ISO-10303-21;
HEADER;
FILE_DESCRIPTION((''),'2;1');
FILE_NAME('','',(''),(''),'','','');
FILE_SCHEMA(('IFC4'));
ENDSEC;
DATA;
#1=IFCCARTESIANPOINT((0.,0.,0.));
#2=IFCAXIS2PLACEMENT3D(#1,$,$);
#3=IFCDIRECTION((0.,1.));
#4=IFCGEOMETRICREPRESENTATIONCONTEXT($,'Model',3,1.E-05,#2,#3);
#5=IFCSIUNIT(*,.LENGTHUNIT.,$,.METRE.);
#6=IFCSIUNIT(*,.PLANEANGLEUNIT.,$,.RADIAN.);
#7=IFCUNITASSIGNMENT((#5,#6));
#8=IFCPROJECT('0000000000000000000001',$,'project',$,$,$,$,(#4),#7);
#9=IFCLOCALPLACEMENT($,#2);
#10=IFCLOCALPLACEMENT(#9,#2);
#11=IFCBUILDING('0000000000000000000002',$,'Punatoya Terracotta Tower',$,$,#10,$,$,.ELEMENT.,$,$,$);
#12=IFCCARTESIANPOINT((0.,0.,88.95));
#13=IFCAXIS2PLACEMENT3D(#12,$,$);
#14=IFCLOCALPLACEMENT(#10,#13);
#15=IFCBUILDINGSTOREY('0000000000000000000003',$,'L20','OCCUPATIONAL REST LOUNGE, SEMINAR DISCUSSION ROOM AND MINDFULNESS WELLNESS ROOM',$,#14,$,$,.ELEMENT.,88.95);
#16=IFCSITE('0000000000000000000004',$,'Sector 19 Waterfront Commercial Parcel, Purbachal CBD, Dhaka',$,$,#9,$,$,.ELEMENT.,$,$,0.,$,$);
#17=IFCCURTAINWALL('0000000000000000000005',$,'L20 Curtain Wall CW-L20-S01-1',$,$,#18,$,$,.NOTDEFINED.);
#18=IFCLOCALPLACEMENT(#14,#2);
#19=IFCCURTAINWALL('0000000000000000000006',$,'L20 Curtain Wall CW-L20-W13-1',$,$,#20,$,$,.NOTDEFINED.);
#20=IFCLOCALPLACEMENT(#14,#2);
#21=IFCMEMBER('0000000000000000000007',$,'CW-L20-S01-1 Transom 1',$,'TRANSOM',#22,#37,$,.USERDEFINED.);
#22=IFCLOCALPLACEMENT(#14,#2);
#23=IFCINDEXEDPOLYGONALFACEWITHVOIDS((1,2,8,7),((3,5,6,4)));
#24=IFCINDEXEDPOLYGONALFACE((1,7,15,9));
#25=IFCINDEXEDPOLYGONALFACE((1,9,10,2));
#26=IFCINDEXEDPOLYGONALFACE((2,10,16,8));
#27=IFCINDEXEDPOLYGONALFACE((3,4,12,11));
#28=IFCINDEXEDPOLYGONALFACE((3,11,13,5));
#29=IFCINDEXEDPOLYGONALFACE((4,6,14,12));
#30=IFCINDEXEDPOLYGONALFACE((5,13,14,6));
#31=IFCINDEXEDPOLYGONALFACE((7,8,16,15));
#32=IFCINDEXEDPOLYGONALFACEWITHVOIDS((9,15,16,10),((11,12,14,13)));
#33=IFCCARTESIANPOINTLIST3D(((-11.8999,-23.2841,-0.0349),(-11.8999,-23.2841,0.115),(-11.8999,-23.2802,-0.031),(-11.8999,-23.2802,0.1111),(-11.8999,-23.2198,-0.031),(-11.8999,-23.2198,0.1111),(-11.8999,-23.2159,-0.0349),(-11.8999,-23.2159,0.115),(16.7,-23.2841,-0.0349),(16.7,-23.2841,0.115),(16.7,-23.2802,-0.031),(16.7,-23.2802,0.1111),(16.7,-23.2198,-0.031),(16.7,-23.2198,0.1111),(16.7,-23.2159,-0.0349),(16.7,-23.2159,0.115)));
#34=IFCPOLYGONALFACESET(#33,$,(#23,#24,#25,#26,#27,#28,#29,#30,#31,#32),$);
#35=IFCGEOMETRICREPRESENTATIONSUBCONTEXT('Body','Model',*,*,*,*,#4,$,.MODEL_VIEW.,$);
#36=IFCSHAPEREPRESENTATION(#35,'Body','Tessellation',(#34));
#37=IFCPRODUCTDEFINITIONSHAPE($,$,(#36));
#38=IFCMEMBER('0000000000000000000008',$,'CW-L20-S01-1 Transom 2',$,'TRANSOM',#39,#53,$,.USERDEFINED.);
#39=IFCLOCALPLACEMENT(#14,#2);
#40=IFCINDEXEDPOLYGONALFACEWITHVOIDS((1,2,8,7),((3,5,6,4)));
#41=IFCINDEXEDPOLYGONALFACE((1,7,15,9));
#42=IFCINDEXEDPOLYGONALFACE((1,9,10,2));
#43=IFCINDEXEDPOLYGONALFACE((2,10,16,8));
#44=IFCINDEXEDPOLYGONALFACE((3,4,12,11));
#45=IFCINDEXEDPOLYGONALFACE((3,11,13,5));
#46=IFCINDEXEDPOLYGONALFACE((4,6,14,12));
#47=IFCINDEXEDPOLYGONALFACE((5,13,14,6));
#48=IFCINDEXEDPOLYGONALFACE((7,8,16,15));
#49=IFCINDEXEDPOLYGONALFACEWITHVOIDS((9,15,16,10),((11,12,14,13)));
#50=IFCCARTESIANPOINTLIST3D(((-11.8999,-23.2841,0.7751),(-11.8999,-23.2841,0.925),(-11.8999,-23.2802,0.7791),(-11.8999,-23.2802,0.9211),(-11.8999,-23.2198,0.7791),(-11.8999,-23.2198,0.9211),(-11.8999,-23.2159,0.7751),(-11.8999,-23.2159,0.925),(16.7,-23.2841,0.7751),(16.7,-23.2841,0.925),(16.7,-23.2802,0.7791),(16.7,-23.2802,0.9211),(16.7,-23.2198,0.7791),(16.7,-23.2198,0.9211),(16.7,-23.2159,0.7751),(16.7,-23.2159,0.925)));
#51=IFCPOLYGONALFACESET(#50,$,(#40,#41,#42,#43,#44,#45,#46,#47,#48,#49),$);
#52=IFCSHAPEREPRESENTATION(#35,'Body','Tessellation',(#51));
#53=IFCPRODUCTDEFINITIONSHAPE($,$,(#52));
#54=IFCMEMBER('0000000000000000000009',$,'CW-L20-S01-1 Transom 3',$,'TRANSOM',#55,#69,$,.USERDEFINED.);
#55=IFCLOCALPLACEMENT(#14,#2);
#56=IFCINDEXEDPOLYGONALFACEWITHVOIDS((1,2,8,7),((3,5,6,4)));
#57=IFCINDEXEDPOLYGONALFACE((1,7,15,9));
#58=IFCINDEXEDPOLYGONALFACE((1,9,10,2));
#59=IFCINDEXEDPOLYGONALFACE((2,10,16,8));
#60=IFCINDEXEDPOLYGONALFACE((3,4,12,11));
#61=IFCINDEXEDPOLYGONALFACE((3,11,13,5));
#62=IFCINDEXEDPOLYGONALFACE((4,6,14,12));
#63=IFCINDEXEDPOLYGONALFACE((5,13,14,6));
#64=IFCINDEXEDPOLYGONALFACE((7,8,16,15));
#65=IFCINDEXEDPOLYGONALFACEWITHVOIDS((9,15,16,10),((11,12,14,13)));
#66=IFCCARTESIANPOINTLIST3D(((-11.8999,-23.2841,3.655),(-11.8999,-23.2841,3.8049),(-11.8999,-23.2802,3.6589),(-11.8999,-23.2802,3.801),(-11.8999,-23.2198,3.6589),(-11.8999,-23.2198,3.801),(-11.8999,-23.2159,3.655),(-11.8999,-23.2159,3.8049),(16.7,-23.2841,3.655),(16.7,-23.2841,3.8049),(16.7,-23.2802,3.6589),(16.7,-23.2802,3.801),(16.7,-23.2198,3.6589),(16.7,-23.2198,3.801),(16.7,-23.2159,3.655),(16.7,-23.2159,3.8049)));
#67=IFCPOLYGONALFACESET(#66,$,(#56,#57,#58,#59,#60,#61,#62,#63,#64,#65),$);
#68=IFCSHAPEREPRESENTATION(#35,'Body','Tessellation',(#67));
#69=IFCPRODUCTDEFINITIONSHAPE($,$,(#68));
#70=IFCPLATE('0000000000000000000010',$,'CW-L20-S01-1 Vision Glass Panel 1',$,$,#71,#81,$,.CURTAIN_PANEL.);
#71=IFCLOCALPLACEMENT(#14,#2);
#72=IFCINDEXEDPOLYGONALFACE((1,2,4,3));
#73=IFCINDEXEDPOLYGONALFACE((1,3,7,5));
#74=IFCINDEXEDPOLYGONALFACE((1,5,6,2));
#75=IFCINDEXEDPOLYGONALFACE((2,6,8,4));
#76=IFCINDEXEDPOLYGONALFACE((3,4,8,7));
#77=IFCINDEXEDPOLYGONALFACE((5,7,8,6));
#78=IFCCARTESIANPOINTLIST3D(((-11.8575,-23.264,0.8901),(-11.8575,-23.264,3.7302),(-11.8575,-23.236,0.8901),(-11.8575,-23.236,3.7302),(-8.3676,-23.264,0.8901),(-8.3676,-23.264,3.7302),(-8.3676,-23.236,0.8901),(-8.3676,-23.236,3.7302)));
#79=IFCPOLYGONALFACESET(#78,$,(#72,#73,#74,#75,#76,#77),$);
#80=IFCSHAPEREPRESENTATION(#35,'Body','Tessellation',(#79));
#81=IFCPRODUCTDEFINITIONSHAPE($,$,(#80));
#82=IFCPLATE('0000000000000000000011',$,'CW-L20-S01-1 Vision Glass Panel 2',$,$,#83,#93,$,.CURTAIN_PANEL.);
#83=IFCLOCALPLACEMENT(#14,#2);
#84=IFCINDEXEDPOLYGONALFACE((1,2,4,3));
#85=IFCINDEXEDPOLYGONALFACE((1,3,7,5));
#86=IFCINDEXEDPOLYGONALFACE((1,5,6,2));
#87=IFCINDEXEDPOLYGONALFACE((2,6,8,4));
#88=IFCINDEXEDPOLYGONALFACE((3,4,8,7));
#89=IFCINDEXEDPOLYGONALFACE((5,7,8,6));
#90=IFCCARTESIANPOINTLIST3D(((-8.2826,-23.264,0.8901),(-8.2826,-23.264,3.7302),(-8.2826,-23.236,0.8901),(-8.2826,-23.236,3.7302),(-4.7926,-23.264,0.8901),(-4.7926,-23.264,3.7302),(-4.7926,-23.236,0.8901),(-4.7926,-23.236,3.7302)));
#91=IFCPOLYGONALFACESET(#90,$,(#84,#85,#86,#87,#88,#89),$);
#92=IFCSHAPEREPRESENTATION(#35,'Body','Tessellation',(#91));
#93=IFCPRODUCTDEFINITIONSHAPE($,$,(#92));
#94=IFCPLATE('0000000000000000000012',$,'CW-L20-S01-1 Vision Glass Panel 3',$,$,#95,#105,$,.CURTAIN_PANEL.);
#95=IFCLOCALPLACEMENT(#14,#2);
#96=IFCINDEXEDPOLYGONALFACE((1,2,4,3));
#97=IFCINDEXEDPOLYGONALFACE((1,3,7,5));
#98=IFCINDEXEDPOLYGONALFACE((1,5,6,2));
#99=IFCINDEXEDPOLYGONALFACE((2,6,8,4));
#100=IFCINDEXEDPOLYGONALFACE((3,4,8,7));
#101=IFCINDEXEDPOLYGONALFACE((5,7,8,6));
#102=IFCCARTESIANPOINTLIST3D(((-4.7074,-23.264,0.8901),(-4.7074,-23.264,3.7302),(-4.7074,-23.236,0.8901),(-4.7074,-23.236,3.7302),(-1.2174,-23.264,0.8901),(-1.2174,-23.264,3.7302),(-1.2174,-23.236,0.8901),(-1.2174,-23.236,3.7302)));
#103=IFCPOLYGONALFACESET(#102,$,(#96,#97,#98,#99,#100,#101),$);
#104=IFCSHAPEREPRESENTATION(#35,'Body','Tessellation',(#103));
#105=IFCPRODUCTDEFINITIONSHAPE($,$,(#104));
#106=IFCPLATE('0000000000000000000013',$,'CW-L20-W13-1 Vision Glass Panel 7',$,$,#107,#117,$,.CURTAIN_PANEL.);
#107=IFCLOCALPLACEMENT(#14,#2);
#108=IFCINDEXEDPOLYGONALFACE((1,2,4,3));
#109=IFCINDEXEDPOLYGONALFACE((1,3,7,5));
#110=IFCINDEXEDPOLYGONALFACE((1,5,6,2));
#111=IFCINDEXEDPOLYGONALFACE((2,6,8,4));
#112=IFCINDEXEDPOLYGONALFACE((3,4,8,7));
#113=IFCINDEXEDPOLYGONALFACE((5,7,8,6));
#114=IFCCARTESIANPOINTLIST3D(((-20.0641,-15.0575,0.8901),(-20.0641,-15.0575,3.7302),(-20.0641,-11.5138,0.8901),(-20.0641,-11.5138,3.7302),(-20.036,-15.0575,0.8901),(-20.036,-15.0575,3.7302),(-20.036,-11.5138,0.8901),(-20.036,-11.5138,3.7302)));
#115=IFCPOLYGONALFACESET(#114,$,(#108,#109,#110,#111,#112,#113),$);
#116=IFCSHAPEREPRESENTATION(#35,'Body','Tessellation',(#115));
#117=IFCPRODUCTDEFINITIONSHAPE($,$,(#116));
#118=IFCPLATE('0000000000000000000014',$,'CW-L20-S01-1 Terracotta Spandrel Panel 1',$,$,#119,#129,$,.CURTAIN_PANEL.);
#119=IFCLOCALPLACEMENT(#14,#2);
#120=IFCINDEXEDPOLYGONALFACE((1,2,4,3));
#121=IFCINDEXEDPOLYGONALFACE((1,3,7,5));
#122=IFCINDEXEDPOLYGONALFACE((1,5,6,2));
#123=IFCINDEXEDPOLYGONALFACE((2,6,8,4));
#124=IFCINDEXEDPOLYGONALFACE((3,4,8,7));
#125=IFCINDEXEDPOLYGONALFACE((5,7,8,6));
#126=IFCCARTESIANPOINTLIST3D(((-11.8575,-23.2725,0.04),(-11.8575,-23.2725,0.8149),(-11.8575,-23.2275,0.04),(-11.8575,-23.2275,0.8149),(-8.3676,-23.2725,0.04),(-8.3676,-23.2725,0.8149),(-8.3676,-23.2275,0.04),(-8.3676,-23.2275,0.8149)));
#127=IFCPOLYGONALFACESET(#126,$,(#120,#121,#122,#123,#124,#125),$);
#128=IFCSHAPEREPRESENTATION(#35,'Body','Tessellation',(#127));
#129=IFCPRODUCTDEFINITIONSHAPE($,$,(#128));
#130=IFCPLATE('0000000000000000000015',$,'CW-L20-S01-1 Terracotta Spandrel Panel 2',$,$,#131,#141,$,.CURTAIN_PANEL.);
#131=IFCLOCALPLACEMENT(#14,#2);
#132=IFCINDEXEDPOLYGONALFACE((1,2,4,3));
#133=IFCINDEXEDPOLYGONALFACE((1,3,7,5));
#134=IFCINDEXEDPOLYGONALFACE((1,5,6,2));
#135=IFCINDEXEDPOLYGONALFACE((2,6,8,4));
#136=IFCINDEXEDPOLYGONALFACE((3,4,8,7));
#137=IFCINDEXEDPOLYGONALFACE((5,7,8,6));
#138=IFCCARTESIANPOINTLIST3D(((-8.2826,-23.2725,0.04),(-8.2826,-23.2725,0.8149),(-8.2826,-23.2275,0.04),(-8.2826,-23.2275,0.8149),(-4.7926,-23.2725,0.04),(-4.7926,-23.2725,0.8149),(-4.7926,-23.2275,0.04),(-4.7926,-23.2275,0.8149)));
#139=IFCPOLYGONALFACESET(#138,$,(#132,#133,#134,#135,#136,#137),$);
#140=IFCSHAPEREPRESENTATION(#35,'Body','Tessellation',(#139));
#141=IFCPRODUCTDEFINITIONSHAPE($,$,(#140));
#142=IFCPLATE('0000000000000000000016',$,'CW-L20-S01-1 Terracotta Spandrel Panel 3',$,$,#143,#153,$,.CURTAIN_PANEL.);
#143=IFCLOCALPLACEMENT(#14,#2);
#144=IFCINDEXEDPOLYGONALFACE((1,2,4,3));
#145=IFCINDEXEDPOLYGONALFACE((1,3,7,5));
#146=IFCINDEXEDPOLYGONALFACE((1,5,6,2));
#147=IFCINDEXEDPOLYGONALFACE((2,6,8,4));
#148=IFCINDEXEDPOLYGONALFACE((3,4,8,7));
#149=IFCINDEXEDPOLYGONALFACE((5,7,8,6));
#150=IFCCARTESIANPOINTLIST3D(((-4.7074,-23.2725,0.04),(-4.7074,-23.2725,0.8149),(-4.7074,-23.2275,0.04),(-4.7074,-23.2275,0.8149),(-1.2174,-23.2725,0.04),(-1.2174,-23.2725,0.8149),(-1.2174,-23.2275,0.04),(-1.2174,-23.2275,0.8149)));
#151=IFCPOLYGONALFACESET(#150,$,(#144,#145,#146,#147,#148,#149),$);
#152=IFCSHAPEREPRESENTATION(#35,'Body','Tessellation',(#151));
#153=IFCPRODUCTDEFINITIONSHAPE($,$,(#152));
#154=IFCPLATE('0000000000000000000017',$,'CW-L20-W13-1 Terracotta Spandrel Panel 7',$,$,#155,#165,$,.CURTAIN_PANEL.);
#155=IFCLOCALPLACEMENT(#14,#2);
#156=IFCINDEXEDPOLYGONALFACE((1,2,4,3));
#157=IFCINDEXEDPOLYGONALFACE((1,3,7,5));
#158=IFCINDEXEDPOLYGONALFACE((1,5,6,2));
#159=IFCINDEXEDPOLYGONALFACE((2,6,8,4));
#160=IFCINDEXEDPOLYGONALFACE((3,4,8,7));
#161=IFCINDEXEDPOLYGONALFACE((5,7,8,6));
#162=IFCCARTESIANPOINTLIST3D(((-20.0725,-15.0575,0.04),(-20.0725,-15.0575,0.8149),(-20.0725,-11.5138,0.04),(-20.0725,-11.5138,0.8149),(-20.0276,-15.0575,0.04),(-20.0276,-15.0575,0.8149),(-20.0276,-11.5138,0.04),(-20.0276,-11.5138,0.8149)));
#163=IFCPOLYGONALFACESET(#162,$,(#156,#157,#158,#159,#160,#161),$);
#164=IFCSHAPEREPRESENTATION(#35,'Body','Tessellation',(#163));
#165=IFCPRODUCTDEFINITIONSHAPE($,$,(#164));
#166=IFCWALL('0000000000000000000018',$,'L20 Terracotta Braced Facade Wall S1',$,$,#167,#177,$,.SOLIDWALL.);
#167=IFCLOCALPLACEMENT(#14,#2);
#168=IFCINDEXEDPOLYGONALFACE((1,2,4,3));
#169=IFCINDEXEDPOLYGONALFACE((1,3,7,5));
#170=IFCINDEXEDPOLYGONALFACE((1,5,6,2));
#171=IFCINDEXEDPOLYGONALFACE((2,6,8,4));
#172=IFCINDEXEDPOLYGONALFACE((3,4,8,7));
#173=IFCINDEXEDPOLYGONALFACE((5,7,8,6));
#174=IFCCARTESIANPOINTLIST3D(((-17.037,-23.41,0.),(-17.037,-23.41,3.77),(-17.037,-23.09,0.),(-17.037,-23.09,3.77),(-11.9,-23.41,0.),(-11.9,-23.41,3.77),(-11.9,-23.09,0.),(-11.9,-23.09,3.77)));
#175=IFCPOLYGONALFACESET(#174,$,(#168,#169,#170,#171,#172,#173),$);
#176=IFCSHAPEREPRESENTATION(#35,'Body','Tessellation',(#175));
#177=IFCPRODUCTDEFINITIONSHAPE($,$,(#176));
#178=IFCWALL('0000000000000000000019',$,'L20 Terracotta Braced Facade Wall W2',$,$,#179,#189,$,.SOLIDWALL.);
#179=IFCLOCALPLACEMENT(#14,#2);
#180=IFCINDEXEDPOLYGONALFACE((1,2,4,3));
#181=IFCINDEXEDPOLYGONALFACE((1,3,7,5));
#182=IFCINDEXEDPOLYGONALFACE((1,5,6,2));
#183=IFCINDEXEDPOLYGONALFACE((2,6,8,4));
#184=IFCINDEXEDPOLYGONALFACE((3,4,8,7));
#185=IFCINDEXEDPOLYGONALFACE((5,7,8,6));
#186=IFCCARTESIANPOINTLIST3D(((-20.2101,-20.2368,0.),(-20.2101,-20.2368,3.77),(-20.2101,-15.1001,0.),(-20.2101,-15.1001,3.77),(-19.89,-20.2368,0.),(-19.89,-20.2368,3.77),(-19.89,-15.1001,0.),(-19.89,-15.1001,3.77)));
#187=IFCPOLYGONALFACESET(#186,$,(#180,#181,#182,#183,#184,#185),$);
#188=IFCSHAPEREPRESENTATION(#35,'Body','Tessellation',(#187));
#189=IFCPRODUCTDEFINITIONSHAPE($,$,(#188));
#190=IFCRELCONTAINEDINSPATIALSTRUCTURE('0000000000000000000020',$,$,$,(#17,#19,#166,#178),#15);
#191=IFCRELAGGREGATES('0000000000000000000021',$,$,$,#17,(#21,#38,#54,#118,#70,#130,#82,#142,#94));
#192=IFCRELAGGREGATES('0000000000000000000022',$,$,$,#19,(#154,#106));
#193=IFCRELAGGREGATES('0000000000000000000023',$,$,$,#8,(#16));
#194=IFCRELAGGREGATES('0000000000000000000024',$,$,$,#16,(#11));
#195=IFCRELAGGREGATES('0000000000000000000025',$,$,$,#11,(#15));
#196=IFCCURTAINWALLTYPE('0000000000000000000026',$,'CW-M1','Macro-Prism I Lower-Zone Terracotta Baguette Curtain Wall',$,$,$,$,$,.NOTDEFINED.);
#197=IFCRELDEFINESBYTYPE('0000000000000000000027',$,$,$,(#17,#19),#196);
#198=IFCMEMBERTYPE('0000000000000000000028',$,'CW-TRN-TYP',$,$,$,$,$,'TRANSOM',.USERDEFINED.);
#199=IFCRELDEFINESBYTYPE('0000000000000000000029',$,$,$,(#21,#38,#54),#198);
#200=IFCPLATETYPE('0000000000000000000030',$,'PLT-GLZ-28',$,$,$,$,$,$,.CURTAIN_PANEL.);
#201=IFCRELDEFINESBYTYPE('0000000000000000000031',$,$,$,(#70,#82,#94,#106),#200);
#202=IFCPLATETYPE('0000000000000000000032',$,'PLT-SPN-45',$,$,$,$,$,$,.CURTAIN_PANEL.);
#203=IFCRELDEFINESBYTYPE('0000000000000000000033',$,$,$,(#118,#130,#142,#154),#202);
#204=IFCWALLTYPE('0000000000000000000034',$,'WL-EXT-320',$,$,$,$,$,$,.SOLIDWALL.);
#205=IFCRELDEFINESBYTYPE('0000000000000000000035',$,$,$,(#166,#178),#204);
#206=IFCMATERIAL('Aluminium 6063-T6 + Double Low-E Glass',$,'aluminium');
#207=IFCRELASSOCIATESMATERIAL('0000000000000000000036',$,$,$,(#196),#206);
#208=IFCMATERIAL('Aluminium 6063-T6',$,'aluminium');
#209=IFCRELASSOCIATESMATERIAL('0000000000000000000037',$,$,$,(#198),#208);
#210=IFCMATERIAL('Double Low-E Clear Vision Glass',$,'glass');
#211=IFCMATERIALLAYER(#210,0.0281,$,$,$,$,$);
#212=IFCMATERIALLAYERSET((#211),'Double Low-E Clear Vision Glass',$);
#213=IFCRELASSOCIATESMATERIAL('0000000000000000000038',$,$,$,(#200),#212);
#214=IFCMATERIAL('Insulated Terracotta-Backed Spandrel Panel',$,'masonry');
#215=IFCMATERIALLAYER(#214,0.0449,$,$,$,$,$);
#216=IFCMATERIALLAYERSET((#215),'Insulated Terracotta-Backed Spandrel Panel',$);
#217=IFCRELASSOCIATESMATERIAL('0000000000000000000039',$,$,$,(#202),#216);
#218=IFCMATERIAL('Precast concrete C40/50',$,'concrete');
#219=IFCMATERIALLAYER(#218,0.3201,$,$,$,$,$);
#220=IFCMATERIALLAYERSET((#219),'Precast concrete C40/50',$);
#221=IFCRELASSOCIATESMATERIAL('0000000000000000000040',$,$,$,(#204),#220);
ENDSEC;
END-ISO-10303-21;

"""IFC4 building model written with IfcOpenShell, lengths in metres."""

from ifc_helpers import new_model, si_unit, direction, frame, frame_2d, origin, origin_2d, place, context, subcontext, project, spatial, rectangle, hollow_rectangle, extrude, material, layer, layer_set, material_profile, profile_set, type_object, element, aggregate, save


model = new_model("IFC4")

# Units and contexts
model_context = context("Model", 3, precision=1e-05, world=origin(), true_north=direction((0.0, 1.0)))
body_context = subcontext(model_context, "Body", "Model", "MODEL_VIEW")
ifc_project = project(units=[si_unit("LENGTHUNIT", "METRE"), si_unit("PLANEANGLEUNIT", "RADIAN")], contexts=[model_context])

# Site, building, storey
site_placement = place(None, origin())
site = spatial("IfcSite", under=ifc_project, at=site_placement, Name="Sector 19 Waterfront Commercial Parcel, Purbachal CBD, Dhaka", CompositionType="ELEMENT", RefElevation=0.0)
building_placement = place(site_placement, origin())
building = spatial("IfcBuilding", under=site, at=building_placement, Name="Punatoya Terracotta Tower", CompositionType="ELEMENT")
storey_placement = place(building_placement, frame((0.0, 0.0, 88.95)))
storey = spatial("IfcBuildingStorey", under=building, at=storey_placement, Name="L20", Description="OCCUPATIONAL REST LOUNGE, SEMINAR DISCUSSION ROOM AND MINDFULNESS WELLNESS ROOM", CompositionType="ELEMENT", Elevation=88.95)

# Curtain wall
ifc_material_1 = material(Name="Aluminium 6063-T6 + Double Low-E Glass", Category="aluminium")
curtain_wall_type = type_object("IfcCurtainWallType", Name="CW-M1", Description="Macro-Prism I Lower-Zone Terracotta Baguette Curtain Wall", PredefinedType="NOTDEFINED", material=ifc_material_1)
curtain_wall_1_placement = place(storey_placement, origin())
curtain_wall_1 = element("IfcCurtainWall", 1, at=curtain_wall_1_placement, inside=storey, type_object=curtain_wall_type, Name="L20 Curtain Wall CW-L20-S01-1", PredefinedType="NOTDEFINED")
ifc_material_2 = material(Name="Aluminium 6063-T6", Category="aluminium")

# Curtain wall
curtain_wall_2_placement = place(storey_placement, origin())
curtain_wall_2 = element("IfcCurtainWall", 2, at=curtain_wall_2_placement, inside=storey, type_object=curtain_wall_type, Name="L20 Curtain Wall CW-L20-W13-1", PredefinedType="NOTDEFINED")

# Members
ifc_material_profile_1 = material_profile(ifc_material_2, hollow_rectangle(XDim=0.0681, YDim=0.1499, WallThickness=0.0039, at=origin_2d()))
ifc_profile_set_1 = profile_set([ifc_material_profile_1], Name="Aluminium 6063-T6")
member_type_1 = type_object("IfcMemberType", Name="CW-TRN-TYP", ElementType="TRANSOM", PredefinedType="USERDEFINED", material=ifc_profile_set_1)
member_1_placement = place(storey_placement, frame((-11.8999, -23.25, 0.04), z_axis=(1.0, 0.0, 0.0), x_axis=(0.0, 1.0, 0.0)))
member_1 = element("IfcMember", 3, at=member_1_placement, type_object=member_type_1, Name="CW-L20-S01-1 Transom 1", ObjectType="TRANSOM", PredefinedType="USERDEFINED", context=body_context, shape_type="SweptSolid", body=[
    extrude(hollow_rectangle(XDim=0.0681, YDim=0.1499, WallThickness=0.0039, at=origin_2d()), origin(), (0.0, 0.0, 1.0), 28.5999),
])
member_2_placement = place(storey_placement, frame((-11.8999, -23.25, 0.8501), z_axis=(1.0, 0.0, 0.0), x_axis=(0.0, 1.0, 0.0)))
member_2 = element("IfcMember", 4, at=member_2_placement, type_object=member_type_1, Name="CW-L20-S01-1 Transom 2", ObjectType="TRANSOM", PredefinedType="USERDEFINED", context=body_context, shape_type="SweptSolid", body=[
    extrude(hollow_rectangle(XDim=0.0681, YDim=0.1499, WallThickness=0.0039, at=origin_2d()), origin(), (0.0, 0.0, 1.0), 28.5999),
])
member_3_placement = place(storey_placement, frame((-11.8999, -23.25, 3.73), z_axis=(1.0, 0.0, 0.0), x_axis=(0.0, 1.0, 0.0)))
member_3 = element("IfcMember", 5, at=member_3_placement, type_object=member_type_1, Name="CW-L20-S01-1 Transom 3", ObjectType="TRANSOM", PredefinedType="USERDEFINED", context=body_context, shape_type="SweptSolid", body=[
    extrude(hollow_rectangle(XDim=0.0681, YDim=0.1499, WallThickness=0.0039, at=origin_2d()), origin(), (0.0, 0.0, 1.0), 28.5999),
])

# Plates
ifc_material_3 = material(Name="Double Low-E Clear Vision Glass", Category="glass")
ifc_layer_1 = layer(ifc_material_3, 0.0281)
ifc_layer_set_1 = layer_set([ifc_layer_1], Name="Double Low-E Clear Vision Glass")
plate_type_1 = type_object("IfcPlateType", Name="PLT-GLZ-28", PredefinedType="CURTAIN_PANEL", material=ifc_layer_set_1)
plate_1_placement = place(storey_placement, frame((-10.1125, -23.25, 0.8901), z_axis=(0.0, 0.0, 1.0), x_axis=(1.0, 0.0, 0.0)))
plate_1 = element("IfcPlate", 6, at=plate_1_placement, type_object=plate_type_1, Name="CW-L20-S01-1 Vision Glass Panel 1", PredefinedType="CURTAIN_PANEL", context=body_context, shape_type="SweptSolid", body=[
    extrude(rectangle(XDim=3.49, YDim=0.0281, at=origin_2d()), origin(), (0.0, 0.0, 1.0), 2.8401),
])
plate_2_placement = place(storey_placement, frame((-6.5376, -23.25, 0.8901), z_axis=(0.0, 0.0, 1.0), x_axis=(1.0, 0.0, 0.0)))
plate_2 = element("IfcPlate", 7, at=plate_2_placement, type_object=plate_type_1, Name="CW-L20-S01-1 Vision Glass Panel 2", PredefinedType="CURTAIN_PANEL", context=body_context, shape_type="SweptSolid", body=[
    extrude(rectangle(XDim=3.49, YDim=0.0281, at=origin_2d()), origin(), (0.0, 0.0, 1.0), 2.8401),
])
plate_3_placement = place(storey_placement, frame((-2.9624, -23.25, 0.8901), z_axis=(0.0, 0.0, 1.0), x_axis=(1.0, 0.0, 0.0)))
plate_3 = element("IfcPlate", 8, at=plate_3_placement, type_object=plate_type_1, Name="CW-L20-S01-1 Vision Glass Panel 3", PredefinedType="CURTAIN_PANEL", context=body_context, shape_type="SweptSolid", body=[
    extrude(rectangle(XDim=3.49, YDim=0.0281, at=origin_2d()), origin(), (0.0, 0.0, 1.0), 2.8401),
])
plate_4_placement = place(storey_placement, frame((-20.05, -13.2856, 0.8901), z_axis=(0.0, 0.0, 1.0), x_axis=(0.0, -1.0, 0.0)))
plate_4 = element("IfcPlate", 9, at=plate_4_placement, type_object=plate_type_1, Name="CW-L20-W13-1 Vision Glass Panel 7", PredefinedType="CURTAIN_PANEL", context=body_context, shape_type="SweptSolid", body=[
    extrude(rectangle(XDim=3.5437, YDim=0.0281, at=origin_2d()), origin(), (0.0, 0.0, 1.0), 2.8401),
])
ifc_material_4 = material(Name="Insulated Terracotta-Backed Spandrel Panel", Category="masonry")
ifc_layer_2 = layer(ifc_material_4, 0.0449)
ifc_layer_set_2 = layer_set([ifc_layer_2], Name="Insulated Terracotta-Backed Spandrel Panel")
plate_type_2 = type_object("IfcPlateType", Name="PLT-SPN-45", PredefinedType="CURTAIN_PANEL", material=ifc_layer_set_2)
plate_5_placement = place(storey_placement, frame((-10.1125, -23.25, 0.04), z_axis=(0.0, 0.0, 1.0), x_axis=(1.0, 0.0, 0.0)))
plate_5 = element("IfcPlate", 10, at=plate_5_placement, type_object=plate_type_2, Name="CW-L20-S01-1 Terracotta Spandrel Panel 1", PredefinedType="CURTAIN_PANEL", context=body_context, shape_type="SweptSolid", body=[
    extrude(rectangle(XDim=3.49, YDim=0.0449, at=origin_2d()), origin(), (0.0, 0.0, 1.0), 0.7749),
])
plate_6_placement = place(storey_placement, frame((-6.5376, -23.25, 0.04), z_axis=(0.0, 0.0, 1.0), x_axis=(1.0, 0.0, 0.0)))
plate_6 = element("IfcPlate", 11, at=plate_6_placement, type_object=plate_type_2, Name="CW-L20-S01-1 Terracotta Spandrel Panel 2", PredefinedType="CURTAIN_PANEL", context=body_context, shape_type="SweptSolid", body=[
    extrude(rectangle(XDim=3.49, YDim=0.0449, at=origin_2d()), origin(), (0.0, 0.0, 1.0), 0.7749),
])
plate_7_placement = place(storey_placement, frame((-2.9624, -23.25, 0.04), z_axis=(0.0, 0.0, 1.0), x_axis=(1.0, 0.0, 0.0)))
plate_7 = element("IfcPlate", 12, at=plate_7_placement, type_object=plate_type_2, Name="CW-L20-S01-1 Terracotta Spandrel Panel 3", PredefinedType="CURTAIN_PANEL", context=body_context, shape_type="SweptSolid", body=[
    extrude(rectangle(XDim=3.49, YDim=0.0449, at=origin_2d()), origin(), (0.0, 0.0, 1.0), 0.7749),
])
aggregate(curtain_wall_1, [member_1, member_2, member_3, plate_5, plate_1, plate_6, plate_2, plate_7, plate_3])
plate_8_placement = place(storey_placement, frame((-20.05, -13.2856, 0.04), z_axis=(0.0, 0.0, 1.0), x_axis=(0.0, -1.0, 0.0)))
plate_8 = element("IfcPlate", 13, at=plate_8_placement, type_object=plate_type_2, Name="CW-L20-W13-1 Terracotta Spandrel Panel 7", PredefinedType="CURTAIN_PANEL", context=body_context, shape_type="SweptSolid", body=[
    extrude(rectangle(XDim=3.5437, YDim=0.0449, at=origin_2d()), origin(), (0.0, 0.0, 1.0), 0.7749),
])
aggregate(curtain_wall_2, [plate_8, plate_4])

# Walls
ifc_material_5 = material(Name="Precast concrete C40/50", Category="concrete")
ifc_layer_3 = layer(ifc_material_5, 0.3201)
ifc_layer_set_3 = layer_set([ifc_layer_3], Name="Precast concrete C40/50")
wall_type = type_object("IfcWallType", Name="WL-EXT-320", PredefinedType="SOLIDWALL", material=ifc_layer_set_3)
wall_1_placement = place(storey_placement, frame((-17.0369, -23.25, 0.0), z_axis=(0.0, 0.0, 1.0), x_axis=(1.0, 0.0, 0.0)))
element("IfcWall", 14, at=wall_1_placement, inside=storey, type_object=wall_type, Name="L20 Terracotta Braced Facade Wall S1", PredefinedType="SOLIDWALL", context=body_context, shape_type="SweptSolid", body=[
    extrude(rectangle(XDim=5.137, YDim=0.3201, at=frame_2d((2.5684, 0.0))), origin(), (0.0, 0.0, 1.0), 3.77),
])
wall_2_placement = place(storey_placement, frame((-20.05, -15.1001, 0.0), z_axis=(0.0, 0.0, 1.0), x_axis=(0.0, -1.0, 0.0)))
element("IfcWall", 15, at=wall_2_placement, inside=storey, type_object=wall_type, Name="L20 Terracotta Braced Facade Wall W2", PredefinedType="SOLIDWALL", context=body_context, shape_type="SweptSolid", body=[
    extrude(rectangle(XDim=5.1367, YDim=0.3201, at=frame_2d((2.5684, 0.0))), origin(), (0.0, 0.0, 1.0), 3.77),
])

save(model, "model.ifc")
